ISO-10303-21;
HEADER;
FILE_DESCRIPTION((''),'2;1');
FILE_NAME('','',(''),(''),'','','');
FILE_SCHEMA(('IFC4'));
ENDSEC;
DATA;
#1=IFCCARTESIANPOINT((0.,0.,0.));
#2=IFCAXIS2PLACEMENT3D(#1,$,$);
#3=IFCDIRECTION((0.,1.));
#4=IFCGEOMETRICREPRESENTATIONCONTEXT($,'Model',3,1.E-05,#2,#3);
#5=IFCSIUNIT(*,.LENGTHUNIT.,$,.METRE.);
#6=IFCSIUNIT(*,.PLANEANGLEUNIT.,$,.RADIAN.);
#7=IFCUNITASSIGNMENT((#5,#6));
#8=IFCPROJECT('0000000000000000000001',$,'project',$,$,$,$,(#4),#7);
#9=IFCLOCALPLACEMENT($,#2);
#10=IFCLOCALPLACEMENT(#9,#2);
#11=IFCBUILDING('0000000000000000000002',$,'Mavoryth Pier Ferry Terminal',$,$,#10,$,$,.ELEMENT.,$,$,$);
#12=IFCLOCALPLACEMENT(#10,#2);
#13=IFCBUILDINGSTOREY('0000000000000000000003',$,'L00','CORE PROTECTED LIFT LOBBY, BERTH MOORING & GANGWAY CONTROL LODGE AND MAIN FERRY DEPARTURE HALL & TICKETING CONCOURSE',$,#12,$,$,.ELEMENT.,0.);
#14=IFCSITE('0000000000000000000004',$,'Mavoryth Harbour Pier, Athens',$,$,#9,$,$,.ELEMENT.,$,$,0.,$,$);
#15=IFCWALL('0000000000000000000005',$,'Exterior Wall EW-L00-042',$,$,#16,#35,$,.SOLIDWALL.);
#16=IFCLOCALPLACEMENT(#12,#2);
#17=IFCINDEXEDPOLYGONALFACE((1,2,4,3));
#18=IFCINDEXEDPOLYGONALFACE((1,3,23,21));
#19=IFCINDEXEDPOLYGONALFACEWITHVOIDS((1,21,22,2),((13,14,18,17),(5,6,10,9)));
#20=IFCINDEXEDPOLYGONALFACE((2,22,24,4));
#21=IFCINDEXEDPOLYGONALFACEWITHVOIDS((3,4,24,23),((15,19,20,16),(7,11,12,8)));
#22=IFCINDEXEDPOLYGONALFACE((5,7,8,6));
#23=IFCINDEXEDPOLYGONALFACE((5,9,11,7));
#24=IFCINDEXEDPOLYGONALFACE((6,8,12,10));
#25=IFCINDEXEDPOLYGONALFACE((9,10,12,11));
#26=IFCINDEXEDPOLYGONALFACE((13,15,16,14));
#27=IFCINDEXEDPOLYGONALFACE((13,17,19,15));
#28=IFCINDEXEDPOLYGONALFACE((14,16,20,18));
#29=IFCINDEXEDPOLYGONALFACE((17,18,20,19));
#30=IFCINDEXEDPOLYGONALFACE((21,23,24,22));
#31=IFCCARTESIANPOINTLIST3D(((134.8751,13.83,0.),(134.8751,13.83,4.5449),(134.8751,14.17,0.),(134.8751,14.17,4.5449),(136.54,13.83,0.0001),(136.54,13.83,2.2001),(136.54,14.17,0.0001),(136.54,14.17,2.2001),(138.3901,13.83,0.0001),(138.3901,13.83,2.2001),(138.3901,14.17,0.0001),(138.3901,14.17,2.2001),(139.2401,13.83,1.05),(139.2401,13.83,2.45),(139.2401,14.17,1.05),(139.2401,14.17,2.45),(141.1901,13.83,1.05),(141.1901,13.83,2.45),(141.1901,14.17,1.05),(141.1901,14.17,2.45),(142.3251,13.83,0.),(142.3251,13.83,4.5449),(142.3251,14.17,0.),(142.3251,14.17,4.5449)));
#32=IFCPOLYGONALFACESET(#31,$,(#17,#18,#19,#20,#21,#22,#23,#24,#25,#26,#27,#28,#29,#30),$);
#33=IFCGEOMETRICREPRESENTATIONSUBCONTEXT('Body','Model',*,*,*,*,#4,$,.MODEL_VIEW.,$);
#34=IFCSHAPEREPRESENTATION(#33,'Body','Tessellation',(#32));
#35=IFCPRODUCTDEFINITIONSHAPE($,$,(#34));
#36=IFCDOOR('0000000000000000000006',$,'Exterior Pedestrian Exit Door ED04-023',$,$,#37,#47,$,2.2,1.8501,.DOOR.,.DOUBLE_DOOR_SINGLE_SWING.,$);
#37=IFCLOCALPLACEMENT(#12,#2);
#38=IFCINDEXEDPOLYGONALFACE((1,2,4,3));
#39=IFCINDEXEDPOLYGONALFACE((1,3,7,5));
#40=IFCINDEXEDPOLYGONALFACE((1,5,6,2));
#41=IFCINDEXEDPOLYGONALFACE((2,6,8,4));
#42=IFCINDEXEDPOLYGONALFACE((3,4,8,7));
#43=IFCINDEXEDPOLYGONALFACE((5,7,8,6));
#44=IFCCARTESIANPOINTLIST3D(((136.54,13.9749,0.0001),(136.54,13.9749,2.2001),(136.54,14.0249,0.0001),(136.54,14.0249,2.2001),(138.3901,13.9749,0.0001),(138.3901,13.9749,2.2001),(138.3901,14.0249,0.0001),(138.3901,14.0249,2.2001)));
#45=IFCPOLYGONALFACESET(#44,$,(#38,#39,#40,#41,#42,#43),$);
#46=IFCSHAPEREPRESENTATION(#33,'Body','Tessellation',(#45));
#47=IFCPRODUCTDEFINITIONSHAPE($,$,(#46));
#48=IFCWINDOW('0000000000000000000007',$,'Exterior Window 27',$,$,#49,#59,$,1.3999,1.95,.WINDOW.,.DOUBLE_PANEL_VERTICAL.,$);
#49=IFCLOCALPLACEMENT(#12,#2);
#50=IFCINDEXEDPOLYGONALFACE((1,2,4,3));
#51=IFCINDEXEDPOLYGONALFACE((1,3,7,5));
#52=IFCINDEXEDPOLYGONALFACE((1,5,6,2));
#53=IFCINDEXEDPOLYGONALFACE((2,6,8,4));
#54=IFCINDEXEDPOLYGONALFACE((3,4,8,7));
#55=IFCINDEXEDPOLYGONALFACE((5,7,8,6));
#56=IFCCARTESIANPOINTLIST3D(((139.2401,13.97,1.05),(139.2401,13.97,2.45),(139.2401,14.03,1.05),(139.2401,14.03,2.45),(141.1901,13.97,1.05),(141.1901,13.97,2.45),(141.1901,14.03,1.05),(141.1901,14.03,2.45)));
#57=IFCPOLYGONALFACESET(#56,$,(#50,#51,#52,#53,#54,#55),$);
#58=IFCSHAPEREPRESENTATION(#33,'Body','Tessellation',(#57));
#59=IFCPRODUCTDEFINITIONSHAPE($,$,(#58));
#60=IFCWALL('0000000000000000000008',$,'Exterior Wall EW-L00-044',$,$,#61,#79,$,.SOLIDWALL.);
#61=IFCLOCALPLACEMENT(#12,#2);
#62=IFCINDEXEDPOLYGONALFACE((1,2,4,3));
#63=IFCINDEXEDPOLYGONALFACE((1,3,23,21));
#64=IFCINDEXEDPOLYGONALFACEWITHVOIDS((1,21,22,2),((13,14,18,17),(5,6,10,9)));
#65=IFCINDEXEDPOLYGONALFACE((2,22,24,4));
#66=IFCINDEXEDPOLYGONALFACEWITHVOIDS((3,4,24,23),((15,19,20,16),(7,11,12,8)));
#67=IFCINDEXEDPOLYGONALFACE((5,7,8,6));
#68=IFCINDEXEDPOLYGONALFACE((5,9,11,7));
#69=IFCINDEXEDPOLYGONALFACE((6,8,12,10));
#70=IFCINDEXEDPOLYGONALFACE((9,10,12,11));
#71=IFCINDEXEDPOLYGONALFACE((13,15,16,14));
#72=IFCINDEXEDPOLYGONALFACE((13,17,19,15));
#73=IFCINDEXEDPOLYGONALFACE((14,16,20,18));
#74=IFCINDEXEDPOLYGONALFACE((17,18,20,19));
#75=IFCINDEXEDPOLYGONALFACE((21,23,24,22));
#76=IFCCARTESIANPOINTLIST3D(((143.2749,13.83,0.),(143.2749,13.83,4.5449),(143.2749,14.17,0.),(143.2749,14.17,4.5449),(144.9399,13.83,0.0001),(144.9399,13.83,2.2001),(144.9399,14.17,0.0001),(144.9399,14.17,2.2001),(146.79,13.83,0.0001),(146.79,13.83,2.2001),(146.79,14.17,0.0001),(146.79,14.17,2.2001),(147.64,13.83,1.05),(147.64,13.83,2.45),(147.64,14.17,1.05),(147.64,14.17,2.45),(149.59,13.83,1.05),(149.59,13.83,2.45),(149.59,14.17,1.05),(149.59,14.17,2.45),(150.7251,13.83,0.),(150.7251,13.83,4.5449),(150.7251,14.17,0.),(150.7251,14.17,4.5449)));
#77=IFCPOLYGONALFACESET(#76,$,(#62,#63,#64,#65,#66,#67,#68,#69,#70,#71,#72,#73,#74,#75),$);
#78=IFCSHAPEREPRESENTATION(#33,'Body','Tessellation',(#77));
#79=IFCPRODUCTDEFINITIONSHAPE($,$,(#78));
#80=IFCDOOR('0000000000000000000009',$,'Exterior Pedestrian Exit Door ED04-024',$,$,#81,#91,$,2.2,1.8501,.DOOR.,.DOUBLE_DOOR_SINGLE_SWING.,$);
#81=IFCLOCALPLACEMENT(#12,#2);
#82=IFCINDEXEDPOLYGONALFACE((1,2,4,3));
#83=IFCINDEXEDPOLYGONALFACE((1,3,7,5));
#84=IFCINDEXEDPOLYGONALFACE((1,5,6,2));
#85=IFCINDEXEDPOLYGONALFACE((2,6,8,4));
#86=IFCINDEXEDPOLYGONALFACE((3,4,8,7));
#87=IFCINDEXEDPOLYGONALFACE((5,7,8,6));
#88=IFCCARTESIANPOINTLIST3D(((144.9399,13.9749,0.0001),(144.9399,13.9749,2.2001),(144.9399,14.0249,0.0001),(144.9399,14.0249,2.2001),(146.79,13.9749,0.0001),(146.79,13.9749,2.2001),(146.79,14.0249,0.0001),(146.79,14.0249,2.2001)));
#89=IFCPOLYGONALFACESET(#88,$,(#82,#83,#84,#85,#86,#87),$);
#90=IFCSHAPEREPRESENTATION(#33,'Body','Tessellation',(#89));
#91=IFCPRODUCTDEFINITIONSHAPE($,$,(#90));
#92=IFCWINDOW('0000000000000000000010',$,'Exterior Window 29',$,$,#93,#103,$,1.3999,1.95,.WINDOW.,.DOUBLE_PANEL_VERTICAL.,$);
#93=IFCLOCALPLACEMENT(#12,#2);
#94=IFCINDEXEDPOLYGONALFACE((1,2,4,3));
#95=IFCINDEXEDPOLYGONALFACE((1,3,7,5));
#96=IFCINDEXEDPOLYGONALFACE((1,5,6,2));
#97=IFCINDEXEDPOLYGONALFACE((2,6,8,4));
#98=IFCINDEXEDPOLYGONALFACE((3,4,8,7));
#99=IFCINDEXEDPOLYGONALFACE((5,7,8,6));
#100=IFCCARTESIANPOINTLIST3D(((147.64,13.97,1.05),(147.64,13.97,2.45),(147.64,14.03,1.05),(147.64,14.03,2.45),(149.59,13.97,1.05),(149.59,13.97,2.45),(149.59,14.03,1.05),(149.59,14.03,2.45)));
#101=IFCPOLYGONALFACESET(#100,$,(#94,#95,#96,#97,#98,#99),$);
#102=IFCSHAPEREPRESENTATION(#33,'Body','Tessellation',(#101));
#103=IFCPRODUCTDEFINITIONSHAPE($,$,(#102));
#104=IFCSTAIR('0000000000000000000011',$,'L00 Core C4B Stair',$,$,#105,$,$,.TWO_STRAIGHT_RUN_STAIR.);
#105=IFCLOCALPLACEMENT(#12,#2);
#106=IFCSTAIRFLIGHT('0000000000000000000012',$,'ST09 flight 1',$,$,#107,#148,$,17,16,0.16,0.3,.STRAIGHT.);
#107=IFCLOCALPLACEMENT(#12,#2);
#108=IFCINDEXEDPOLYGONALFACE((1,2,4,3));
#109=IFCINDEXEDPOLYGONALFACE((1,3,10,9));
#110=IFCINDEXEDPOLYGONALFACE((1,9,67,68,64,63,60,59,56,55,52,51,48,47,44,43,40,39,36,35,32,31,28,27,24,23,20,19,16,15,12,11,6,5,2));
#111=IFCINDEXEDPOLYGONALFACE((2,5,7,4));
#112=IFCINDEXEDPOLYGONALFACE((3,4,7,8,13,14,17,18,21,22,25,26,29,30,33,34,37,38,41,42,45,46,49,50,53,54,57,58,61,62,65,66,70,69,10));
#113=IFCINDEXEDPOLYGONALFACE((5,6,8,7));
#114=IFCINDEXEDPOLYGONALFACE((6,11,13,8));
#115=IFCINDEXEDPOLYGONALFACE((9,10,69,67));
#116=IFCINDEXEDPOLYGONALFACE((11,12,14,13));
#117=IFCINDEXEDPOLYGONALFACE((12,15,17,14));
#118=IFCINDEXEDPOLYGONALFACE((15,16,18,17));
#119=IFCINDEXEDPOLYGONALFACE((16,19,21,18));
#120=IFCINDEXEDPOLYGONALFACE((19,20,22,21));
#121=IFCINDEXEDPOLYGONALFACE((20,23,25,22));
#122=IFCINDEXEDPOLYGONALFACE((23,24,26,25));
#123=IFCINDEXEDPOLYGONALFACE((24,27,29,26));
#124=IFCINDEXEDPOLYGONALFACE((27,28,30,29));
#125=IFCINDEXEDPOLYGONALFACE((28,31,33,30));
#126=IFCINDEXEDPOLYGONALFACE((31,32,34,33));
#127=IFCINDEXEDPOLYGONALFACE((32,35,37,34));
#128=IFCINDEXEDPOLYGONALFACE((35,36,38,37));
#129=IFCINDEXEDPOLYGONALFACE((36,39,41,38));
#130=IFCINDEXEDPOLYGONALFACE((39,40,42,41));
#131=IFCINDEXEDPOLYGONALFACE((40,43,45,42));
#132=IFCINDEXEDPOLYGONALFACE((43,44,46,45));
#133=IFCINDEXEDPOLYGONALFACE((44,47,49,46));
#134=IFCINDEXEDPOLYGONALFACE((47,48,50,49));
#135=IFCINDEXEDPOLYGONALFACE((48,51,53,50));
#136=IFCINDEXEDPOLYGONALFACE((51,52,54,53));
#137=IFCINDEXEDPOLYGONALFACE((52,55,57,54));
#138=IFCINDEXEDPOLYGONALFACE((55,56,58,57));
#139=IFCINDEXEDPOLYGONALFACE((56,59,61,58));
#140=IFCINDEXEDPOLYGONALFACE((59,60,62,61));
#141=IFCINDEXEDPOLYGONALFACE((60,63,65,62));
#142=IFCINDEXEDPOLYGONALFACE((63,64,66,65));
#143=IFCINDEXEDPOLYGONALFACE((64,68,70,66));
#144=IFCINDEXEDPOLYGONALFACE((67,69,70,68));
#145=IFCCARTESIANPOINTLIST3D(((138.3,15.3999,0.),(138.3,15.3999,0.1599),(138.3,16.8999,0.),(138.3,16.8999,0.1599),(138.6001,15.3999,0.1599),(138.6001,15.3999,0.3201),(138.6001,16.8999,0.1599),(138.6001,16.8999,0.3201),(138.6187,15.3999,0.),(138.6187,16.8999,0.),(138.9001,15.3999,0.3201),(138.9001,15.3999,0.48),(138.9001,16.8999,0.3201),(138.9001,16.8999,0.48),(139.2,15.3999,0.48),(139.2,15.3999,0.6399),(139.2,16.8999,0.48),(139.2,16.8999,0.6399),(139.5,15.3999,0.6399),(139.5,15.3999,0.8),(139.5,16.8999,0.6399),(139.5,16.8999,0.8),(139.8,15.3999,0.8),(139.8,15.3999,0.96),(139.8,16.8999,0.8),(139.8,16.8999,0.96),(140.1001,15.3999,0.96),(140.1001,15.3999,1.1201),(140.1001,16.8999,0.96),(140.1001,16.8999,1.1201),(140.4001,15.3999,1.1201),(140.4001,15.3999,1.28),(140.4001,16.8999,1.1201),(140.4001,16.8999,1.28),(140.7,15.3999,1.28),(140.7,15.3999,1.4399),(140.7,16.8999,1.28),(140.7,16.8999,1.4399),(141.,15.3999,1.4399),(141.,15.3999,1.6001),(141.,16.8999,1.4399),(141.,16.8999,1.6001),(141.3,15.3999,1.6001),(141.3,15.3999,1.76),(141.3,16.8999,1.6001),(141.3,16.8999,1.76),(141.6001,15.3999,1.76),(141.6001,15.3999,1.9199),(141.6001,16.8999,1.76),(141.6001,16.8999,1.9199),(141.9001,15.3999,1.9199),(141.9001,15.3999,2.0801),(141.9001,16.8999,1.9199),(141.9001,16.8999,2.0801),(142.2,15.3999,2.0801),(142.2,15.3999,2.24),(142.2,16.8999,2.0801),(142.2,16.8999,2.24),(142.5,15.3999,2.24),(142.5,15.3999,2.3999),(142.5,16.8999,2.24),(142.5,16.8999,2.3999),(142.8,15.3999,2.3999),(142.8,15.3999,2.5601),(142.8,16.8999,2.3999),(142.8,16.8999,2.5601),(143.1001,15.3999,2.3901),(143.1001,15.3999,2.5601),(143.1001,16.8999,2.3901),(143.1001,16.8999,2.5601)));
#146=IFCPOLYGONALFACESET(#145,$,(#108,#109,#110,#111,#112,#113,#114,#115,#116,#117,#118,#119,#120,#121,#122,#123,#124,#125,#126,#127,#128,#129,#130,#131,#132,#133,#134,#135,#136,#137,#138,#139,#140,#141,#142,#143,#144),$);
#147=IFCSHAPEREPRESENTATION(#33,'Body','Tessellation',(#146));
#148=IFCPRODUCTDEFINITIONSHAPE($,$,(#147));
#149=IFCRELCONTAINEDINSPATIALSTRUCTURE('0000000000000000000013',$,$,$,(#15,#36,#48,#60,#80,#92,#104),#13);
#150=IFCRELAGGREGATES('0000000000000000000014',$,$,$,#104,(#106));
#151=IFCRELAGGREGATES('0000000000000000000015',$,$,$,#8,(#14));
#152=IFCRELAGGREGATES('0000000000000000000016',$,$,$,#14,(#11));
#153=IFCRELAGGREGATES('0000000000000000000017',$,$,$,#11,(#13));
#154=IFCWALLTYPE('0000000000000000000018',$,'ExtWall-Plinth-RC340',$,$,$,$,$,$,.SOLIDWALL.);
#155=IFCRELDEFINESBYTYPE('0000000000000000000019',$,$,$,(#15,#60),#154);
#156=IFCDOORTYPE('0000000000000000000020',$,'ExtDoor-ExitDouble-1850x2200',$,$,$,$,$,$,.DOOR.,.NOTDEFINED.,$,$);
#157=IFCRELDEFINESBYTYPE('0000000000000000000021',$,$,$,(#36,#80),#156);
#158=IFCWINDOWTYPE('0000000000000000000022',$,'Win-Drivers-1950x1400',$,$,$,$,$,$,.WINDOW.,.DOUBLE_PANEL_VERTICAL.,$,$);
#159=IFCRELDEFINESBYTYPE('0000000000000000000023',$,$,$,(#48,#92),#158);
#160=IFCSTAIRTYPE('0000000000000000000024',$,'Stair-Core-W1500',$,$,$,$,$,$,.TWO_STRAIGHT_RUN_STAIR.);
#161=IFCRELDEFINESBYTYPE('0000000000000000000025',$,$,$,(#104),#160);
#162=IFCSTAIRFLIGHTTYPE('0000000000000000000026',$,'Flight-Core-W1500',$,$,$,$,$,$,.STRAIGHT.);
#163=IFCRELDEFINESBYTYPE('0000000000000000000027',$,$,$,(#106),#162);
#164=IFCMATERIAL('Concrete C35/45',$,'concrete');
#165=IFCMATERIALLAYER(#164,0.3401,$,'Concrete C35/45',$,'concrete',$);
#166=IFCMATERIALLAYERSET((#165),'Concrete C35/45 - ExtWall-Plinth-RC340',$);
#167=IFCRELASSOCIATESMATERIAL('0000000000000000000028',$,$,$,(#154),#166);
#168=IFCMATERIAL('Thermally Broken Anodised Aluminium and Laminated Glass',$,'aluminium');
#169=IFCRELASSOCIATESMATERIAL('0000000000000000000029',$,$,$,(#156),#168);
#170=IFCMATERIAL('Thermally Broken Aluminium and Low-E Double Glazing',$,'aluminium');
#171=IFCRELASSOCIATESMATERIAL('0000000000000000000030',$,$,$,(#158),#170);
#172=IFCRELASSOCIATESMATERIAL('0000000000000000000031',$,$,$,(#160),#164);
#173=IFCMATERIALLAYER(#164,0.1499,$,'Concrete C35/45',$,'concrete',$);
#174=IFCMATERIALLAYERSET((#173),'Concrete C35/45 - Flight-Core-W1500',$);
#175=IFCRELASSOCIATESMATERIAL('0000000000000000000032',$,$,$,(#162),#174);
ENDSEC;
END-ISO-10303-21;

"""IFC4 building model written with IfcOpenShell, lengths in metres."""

from ifc_helpers import new_model, si_unit, direction, frame, frame_2d, origin, place, context, subcontext, project, spatial, polyline, rectangle, outline, extrude, material, layer, layer_set, type_object, element, fill, aggregate, save


model = new_model("IFC4")

# Units and contexts
model_context = context("Model", 3, precision=1e-05, world=origin(), true_north=direction((0.0, 1.0)))
body_context = subcontext(model_context, "Body", "Model", "MODEL_VIEW")
ifc_project = project(units=[si_unit("LENGTHUNIT", "METRE"), si_unit("PLANEANGLEUNIT", "RADIAN")], contexts=[model_context])

# Site, building, storey
site_placement = place(None, origin())
site = spatial("IfcSite", under=ifc_project, at=site_placement, Name="Mavoryth Harbour Pier, Athens", CompositionType="ELEMENT", RefElevation=0.0)
building_placement = place(site_placement, origin())
building = spatial("IfcBuilding", under=site, at=building_placement, Name="Mavoryth Pier Ferry Terminal", CompositionType="ELEMENT")
storey_placement = place(building_placement, origin())
storey = spatial("IfcBuildingStorey", under=building, at=storey_placement, Name="L00", Description="CORE PROTECTED LIFT LOBBY, BERTH MOORING & GANGWAY CONTROL LODGE AND MAIN FERRY DEPARTURE HALL & TICKETING CONCOURSE", CompositionType="ELEMENT", Elevation=0.0)

# Shared definitions
ifc_material_1 = material(Name="Concrete C35/45", Category="concrete")

# Walls, openings, doors, windows
ifc_layer_1 = layer(ifc_material_1, 0.3401, Name="Concrete C35/45", Category="concrete")
ifc_layer_set_1 = layer_set([ifc_layer_1], Name="Concrete C35/45 - ExtWall-Plinth-RC340")
wall_type_1 = type_object("IfcWallType", Name="ExtWall-Plinth-RC340", PredefinedType="SOLIDWALL", material=ifc_layer_set_1)
wall_1_placement = place(storey_placement, frame((134.875, 14.0, 0.0), z_axis=(0.0, 0.0, 1.0), x_axis=(1.0, 0.0, 0.0)))
wall_1 = element("IfcWall", 1, at=wall_1_placement, inside=storey, type_object=wall_type_1, Name="Exterior Wall EW-L00-042", PredefinedType="SOLIDWALL", context=body_context, shape_type="SweptSolid", body=[
    extrude(rectangle(XDim=7.45, YDim=0.3401, at=frame_2d((3.7251, 0.0))), origin(), (0.0, 0.0, 1.0), 4.5449),
])
opening_1_placement = place(wall_1_placement, frame((1.665, 0.0, 0.0)))
opening_1 = element("IfcOpeningElement", 2, at=opening_1_placement, cuts=wall_1, PredefinedType="OPENING", context=body_context, shape_type="SweptSolid", body=[
    extrude(rectangle(XDim=1.8501, YDim=2.2, at=frame_2d((0.925, 1.1001))), frame((0.0, 0.1799, 0.0), z_axis=(0.0, -1.0, 0.0), x_axis=(1.0, 0.0, 0.0)), (0.0, 0.0, 1.0), 0.3601),
])
opening_2_placement = place(wall_1_placement, frame((4.365, 0.0, 1.05)))
opening_2 = element("IfcOpeningElement", 3, at=opening_2_placement, cuts=wall_1, PredefinedType="OPENING", context=body_context, shape_type="SweptSolid", body=[
    extrude(rectangle(XDim=1.95, YDim=1.3999, at=frame_2d((0.9751, 0.7))), frame((0.0, 0.1799, 0.0), z_axis=(0.0, -1.0, 0.0), x_axis=(1.0, 0.0, 0.0)), (0.0, 0.0, 1.0), 0.3601),
])
ifc_material_2 = material(Name="Thermally Broken Anodised Aluminium and Laminated Glass", Category="aluminium")
door_type = type_object("IfcDoorType", Name="ExtDoor-ExitDouble-1850x2200", OperationType="NOTDEFINED", PredefinedType="DOOR", material=ifc_material_2)
door_1_placement = place(opening_1_placement, origin())
door_1 = element("IfcDoor", 4, at=door_1_placement, inside=storey, type_object=door_type, Name="Exterior Pedestrian Exit Door ED04-023", OperationType="DOUBLE_DOOR_SINGLE_SWING", OverallHeight=2.2, OverallWidth=1.8501, PredefinedType="DOOR", context=body_context, shape_type="SweptSolid", body=[
    extrude(rectangle(XDim=1.8501, YDim=2.2, at=frame_2d((0.925, 1.1001))), frame((0.0, 0.0249, 0.0), z_axis=(0.0, -1.0, 0.0), x_axis=(1.0, 0.0, 0.0)), (0.0, 0.0, 1.0), 0.05),
])
fill(opening_1, door_1)
ifc_material_3 = material(Name="Thermally Broken Aluminium and Low-E Double Glazing", Category="aluminium")
window_type = type_object("IfcWindowType", Name="Win-Drivers-1950x1400", PartitioningType="DOUBLE_PANEL_VERTICAL", PredefinedType="WINDOW", material=ifc_material_3)
window_1_placement = place(opening_2_placement, origin())
window_1 = element("IfcWindow", 5, at=window_1_placement, inside=storey, type_object=window_type, Name="Exterior Window 27", OverallHeight=1.3999, OverallWidth=1.95, PartitioningType="DOUBLE_PANEL_VERTICAL", PredefinedType="WINDOW", context=body_context, shape_type="SweptSolid", body=[
    extrude(rectangle(XDim=1.95, YDim=1.3999, at=frame_2d((0.9751, 0.7))), frame((0.0, 0.03, 0.0), z_axis=(0.0, -1.0, 0.0), x_axis=(1.0, 0.0, 0.0)), (0.0, 0.0, 1.0), 0.0601),
])
fill(opening_2, window_1)
wall_2_placement = place(storey_placement, frame((143.2749, 14.0, 0.0), z_axis=(0.0, 0.0, 1.0), x_axis=(1.0, 0.0, 0.0)))
wall_2 = element("IfcWall", 6, at=wall_2_placement, inside=storey, type_object=wall_type_1, Name="Exterior Wall EW-L00-044", PredefinedType="SOLIDWALL", context=body_context, shape_type="SweptSolid", body=[
    extrude(rectangle(XDim=7.4502, YDim=0.3401, at=frame_2d((3.7251, 0.0))), origin(), (0.0, 0.0, 1.0), 4.5449),
])
opening_3_placement = place(wall_2_placement, frame((1.665, 0.0, 0.0)))
opening_3 = element("IfcOpeningElement", 7, at=opening_3_placement, cuts=wall_2, PredefinedType="OPENING", context=body_context, shape_type="SweptSolid", body=[
    extrude(rectangle(XDim=1.8501, YDim=2.2, at=frame_2d((0.925, 1.1001))), frame((0.0, 0.1799, 0.0), z_axis=(0.0, -1.0, 0.0), x_axis=(1.0, 0.0, 0.0)), (0.0, 0.0, 1.0), 0.3601),
])
opening_4_placement = place(wall_2_placement, frame((4.365, 0.0, 1.05)))
opening_4 = element("IfcOpeningElement", 8, at=opening_4_placement, cuts=wall_2, PredefinedType="OPENING", context=body_context, shape_type="SweptSolid", body=[
    extrude(rectangle(XDim=1.95, YDim=1.3999, at=frame_2d((0.9751, 0.7))), frame((0.0, 0.1799, 0.0), z_axis=(0.0, -1.0, 0.0), x_axis=(1.0, 0.0, 0.0)), (0.0, 0.0, 1.0), 0.3601),
])
door_2_placement = place(opening_3_placement, origin())
door_2 = element("IfcDoor", 9, at=door_2_placement, inside=storey, type_object=door_type, Name="Exterior Pedestrian Exit Door ED04-024", OperationType="DOUBLE_DOOR_SINGLE_SWING", OverallHeight=2.2, OverallWidth=1.8501, PredefinedType="DOOR", context=body_context, shape_type="SweptSolid", body=[
    extrude(rectangle(XDim=1.8501, YDim=2.2, at=frame_2d((0.925, 1.1001))), frame((0.0, 0.0249, 0.0), z_axis=(0.0, -1.0, 0.0), x_axis=(1.0, 0.0, 0.0)), (0.0, 0.0, 1.0), 0.05),
])
fill(opening_3, door_2)
window_2_placement = place(opening_4_placement, origin())
window_2 = element("IfcWindow", 10, at=window_2_placement, inside=storey, type_object=window_type, Name="Exterior Window 29", OverallHeight=1.3999, OverallWidth=1.95, PartitioningType="DOUBLE_PANEL_VERTICAL", PredefinedType="WINDOW", context=body_context, shape_type="SweptSolid", body=[
    extrude(rectangle(XDim=1.95, YDim=1.3999, at=frame_2d((0.9751, 0.7))), frame((0.0, 0.03, 0.0), z_axis=(0.0, -1.0, 0.0), x_axis=(1.0, 0.0, 0.0)), (0.0, 0.0, 1.0), 0.0601),
])
fill(opening_4, window_2)

# Stair, stair flight
stair_type = type_object("IfcStairType", Name="Stair-Core-W1500", PredefinedType="TWO_STRAIGHT_RUN_STAIR", material=ifc_material_1)
stair_placement = place(storey_placement, origin())
stair = element("IfcStair", 11, at=stair_placement, inside=storey, type_object=stair_type, Name="L00 Core C4B Stair", PredefinedType="TWO_STRAIGHT_RUN_STAIR")
ifc_layer_2 = layer(ifc_material_1, 0.1499, Name="Concrete C35/45", Category="concrete")
ifc_layer_set_2 = layer_set([ifc_layer_2], Name="Concrete C35/45 - Flight-Core-W1500")
stair_flight_type = type_object("IfcStairFlightType", Name="Flight-Core-W1500", PredefinedType="STRAIGHT", material=ifc_layer_set_2)
stair_flight_placement = place(storey_placement, frame((138.3, 16.1499, 0.0), z_axis=(0.0, 0.0, 1.0), x_axis=(1.0, 0.0, 0.0)))
stair_flight = element("IfcStairFlight", 12, at=stair_flight_placement, type_object=stair_flight_type, Name="ST09 flight 1", NumberOfRisers=17, NumberOfTreads=16, PredefinedType="STRAIGHT", RiserHeight=0.16, TreadLength=0.3, context=body_context, shape_type="SweptSolid", body=[
    extrude(outline(polyline([(0.0, 0.0), (0.0, 0.1599), (0.3, 0.1599), (0.3, 0.3201), (0.6001, 0.3201), (0.6001, 0.48), (0.8999, 0.48), (0.8999, 0.6399), (1.2, 0.6399), (1.2, 0.8), (1.5, 0.8), (1.5, 0.96), (1.8, 0.96), (1.8, 1.1201), (2.1001, 1.1201), (2.1001, 1.28), (2.3999, 1.28), (2.3999, 1.4399), (2.7, 1.4399), (2.7, 1.6001), (3.0, 1.6001), (3.0, 1.76), (3.3, 1.76), (3.3, 1.9199), (3.6001, 1.9199), (3.6001, 2.0801), (3.8999, 2.0801), (3.8999, 2.24), (4.2, 2.24), (4.2, 2.3999), (4.5, 2.3999), (4.5, 2.5601), (4.8, 2.5601), (4.8, 2.72), (4.8, 2.3901), (0.3186, 0.0), (0.0, 0.0)])), frame((0.0, 0.75, 0.0), z_axis=(0.0, -1.0, 0.0), x_axis=(1.0, 0.0, 0.0)), (0.0, 0.0, 1.0), 1.5),
])
aggregate(stair, [stair_flight])

save(model, "model.ifc")
